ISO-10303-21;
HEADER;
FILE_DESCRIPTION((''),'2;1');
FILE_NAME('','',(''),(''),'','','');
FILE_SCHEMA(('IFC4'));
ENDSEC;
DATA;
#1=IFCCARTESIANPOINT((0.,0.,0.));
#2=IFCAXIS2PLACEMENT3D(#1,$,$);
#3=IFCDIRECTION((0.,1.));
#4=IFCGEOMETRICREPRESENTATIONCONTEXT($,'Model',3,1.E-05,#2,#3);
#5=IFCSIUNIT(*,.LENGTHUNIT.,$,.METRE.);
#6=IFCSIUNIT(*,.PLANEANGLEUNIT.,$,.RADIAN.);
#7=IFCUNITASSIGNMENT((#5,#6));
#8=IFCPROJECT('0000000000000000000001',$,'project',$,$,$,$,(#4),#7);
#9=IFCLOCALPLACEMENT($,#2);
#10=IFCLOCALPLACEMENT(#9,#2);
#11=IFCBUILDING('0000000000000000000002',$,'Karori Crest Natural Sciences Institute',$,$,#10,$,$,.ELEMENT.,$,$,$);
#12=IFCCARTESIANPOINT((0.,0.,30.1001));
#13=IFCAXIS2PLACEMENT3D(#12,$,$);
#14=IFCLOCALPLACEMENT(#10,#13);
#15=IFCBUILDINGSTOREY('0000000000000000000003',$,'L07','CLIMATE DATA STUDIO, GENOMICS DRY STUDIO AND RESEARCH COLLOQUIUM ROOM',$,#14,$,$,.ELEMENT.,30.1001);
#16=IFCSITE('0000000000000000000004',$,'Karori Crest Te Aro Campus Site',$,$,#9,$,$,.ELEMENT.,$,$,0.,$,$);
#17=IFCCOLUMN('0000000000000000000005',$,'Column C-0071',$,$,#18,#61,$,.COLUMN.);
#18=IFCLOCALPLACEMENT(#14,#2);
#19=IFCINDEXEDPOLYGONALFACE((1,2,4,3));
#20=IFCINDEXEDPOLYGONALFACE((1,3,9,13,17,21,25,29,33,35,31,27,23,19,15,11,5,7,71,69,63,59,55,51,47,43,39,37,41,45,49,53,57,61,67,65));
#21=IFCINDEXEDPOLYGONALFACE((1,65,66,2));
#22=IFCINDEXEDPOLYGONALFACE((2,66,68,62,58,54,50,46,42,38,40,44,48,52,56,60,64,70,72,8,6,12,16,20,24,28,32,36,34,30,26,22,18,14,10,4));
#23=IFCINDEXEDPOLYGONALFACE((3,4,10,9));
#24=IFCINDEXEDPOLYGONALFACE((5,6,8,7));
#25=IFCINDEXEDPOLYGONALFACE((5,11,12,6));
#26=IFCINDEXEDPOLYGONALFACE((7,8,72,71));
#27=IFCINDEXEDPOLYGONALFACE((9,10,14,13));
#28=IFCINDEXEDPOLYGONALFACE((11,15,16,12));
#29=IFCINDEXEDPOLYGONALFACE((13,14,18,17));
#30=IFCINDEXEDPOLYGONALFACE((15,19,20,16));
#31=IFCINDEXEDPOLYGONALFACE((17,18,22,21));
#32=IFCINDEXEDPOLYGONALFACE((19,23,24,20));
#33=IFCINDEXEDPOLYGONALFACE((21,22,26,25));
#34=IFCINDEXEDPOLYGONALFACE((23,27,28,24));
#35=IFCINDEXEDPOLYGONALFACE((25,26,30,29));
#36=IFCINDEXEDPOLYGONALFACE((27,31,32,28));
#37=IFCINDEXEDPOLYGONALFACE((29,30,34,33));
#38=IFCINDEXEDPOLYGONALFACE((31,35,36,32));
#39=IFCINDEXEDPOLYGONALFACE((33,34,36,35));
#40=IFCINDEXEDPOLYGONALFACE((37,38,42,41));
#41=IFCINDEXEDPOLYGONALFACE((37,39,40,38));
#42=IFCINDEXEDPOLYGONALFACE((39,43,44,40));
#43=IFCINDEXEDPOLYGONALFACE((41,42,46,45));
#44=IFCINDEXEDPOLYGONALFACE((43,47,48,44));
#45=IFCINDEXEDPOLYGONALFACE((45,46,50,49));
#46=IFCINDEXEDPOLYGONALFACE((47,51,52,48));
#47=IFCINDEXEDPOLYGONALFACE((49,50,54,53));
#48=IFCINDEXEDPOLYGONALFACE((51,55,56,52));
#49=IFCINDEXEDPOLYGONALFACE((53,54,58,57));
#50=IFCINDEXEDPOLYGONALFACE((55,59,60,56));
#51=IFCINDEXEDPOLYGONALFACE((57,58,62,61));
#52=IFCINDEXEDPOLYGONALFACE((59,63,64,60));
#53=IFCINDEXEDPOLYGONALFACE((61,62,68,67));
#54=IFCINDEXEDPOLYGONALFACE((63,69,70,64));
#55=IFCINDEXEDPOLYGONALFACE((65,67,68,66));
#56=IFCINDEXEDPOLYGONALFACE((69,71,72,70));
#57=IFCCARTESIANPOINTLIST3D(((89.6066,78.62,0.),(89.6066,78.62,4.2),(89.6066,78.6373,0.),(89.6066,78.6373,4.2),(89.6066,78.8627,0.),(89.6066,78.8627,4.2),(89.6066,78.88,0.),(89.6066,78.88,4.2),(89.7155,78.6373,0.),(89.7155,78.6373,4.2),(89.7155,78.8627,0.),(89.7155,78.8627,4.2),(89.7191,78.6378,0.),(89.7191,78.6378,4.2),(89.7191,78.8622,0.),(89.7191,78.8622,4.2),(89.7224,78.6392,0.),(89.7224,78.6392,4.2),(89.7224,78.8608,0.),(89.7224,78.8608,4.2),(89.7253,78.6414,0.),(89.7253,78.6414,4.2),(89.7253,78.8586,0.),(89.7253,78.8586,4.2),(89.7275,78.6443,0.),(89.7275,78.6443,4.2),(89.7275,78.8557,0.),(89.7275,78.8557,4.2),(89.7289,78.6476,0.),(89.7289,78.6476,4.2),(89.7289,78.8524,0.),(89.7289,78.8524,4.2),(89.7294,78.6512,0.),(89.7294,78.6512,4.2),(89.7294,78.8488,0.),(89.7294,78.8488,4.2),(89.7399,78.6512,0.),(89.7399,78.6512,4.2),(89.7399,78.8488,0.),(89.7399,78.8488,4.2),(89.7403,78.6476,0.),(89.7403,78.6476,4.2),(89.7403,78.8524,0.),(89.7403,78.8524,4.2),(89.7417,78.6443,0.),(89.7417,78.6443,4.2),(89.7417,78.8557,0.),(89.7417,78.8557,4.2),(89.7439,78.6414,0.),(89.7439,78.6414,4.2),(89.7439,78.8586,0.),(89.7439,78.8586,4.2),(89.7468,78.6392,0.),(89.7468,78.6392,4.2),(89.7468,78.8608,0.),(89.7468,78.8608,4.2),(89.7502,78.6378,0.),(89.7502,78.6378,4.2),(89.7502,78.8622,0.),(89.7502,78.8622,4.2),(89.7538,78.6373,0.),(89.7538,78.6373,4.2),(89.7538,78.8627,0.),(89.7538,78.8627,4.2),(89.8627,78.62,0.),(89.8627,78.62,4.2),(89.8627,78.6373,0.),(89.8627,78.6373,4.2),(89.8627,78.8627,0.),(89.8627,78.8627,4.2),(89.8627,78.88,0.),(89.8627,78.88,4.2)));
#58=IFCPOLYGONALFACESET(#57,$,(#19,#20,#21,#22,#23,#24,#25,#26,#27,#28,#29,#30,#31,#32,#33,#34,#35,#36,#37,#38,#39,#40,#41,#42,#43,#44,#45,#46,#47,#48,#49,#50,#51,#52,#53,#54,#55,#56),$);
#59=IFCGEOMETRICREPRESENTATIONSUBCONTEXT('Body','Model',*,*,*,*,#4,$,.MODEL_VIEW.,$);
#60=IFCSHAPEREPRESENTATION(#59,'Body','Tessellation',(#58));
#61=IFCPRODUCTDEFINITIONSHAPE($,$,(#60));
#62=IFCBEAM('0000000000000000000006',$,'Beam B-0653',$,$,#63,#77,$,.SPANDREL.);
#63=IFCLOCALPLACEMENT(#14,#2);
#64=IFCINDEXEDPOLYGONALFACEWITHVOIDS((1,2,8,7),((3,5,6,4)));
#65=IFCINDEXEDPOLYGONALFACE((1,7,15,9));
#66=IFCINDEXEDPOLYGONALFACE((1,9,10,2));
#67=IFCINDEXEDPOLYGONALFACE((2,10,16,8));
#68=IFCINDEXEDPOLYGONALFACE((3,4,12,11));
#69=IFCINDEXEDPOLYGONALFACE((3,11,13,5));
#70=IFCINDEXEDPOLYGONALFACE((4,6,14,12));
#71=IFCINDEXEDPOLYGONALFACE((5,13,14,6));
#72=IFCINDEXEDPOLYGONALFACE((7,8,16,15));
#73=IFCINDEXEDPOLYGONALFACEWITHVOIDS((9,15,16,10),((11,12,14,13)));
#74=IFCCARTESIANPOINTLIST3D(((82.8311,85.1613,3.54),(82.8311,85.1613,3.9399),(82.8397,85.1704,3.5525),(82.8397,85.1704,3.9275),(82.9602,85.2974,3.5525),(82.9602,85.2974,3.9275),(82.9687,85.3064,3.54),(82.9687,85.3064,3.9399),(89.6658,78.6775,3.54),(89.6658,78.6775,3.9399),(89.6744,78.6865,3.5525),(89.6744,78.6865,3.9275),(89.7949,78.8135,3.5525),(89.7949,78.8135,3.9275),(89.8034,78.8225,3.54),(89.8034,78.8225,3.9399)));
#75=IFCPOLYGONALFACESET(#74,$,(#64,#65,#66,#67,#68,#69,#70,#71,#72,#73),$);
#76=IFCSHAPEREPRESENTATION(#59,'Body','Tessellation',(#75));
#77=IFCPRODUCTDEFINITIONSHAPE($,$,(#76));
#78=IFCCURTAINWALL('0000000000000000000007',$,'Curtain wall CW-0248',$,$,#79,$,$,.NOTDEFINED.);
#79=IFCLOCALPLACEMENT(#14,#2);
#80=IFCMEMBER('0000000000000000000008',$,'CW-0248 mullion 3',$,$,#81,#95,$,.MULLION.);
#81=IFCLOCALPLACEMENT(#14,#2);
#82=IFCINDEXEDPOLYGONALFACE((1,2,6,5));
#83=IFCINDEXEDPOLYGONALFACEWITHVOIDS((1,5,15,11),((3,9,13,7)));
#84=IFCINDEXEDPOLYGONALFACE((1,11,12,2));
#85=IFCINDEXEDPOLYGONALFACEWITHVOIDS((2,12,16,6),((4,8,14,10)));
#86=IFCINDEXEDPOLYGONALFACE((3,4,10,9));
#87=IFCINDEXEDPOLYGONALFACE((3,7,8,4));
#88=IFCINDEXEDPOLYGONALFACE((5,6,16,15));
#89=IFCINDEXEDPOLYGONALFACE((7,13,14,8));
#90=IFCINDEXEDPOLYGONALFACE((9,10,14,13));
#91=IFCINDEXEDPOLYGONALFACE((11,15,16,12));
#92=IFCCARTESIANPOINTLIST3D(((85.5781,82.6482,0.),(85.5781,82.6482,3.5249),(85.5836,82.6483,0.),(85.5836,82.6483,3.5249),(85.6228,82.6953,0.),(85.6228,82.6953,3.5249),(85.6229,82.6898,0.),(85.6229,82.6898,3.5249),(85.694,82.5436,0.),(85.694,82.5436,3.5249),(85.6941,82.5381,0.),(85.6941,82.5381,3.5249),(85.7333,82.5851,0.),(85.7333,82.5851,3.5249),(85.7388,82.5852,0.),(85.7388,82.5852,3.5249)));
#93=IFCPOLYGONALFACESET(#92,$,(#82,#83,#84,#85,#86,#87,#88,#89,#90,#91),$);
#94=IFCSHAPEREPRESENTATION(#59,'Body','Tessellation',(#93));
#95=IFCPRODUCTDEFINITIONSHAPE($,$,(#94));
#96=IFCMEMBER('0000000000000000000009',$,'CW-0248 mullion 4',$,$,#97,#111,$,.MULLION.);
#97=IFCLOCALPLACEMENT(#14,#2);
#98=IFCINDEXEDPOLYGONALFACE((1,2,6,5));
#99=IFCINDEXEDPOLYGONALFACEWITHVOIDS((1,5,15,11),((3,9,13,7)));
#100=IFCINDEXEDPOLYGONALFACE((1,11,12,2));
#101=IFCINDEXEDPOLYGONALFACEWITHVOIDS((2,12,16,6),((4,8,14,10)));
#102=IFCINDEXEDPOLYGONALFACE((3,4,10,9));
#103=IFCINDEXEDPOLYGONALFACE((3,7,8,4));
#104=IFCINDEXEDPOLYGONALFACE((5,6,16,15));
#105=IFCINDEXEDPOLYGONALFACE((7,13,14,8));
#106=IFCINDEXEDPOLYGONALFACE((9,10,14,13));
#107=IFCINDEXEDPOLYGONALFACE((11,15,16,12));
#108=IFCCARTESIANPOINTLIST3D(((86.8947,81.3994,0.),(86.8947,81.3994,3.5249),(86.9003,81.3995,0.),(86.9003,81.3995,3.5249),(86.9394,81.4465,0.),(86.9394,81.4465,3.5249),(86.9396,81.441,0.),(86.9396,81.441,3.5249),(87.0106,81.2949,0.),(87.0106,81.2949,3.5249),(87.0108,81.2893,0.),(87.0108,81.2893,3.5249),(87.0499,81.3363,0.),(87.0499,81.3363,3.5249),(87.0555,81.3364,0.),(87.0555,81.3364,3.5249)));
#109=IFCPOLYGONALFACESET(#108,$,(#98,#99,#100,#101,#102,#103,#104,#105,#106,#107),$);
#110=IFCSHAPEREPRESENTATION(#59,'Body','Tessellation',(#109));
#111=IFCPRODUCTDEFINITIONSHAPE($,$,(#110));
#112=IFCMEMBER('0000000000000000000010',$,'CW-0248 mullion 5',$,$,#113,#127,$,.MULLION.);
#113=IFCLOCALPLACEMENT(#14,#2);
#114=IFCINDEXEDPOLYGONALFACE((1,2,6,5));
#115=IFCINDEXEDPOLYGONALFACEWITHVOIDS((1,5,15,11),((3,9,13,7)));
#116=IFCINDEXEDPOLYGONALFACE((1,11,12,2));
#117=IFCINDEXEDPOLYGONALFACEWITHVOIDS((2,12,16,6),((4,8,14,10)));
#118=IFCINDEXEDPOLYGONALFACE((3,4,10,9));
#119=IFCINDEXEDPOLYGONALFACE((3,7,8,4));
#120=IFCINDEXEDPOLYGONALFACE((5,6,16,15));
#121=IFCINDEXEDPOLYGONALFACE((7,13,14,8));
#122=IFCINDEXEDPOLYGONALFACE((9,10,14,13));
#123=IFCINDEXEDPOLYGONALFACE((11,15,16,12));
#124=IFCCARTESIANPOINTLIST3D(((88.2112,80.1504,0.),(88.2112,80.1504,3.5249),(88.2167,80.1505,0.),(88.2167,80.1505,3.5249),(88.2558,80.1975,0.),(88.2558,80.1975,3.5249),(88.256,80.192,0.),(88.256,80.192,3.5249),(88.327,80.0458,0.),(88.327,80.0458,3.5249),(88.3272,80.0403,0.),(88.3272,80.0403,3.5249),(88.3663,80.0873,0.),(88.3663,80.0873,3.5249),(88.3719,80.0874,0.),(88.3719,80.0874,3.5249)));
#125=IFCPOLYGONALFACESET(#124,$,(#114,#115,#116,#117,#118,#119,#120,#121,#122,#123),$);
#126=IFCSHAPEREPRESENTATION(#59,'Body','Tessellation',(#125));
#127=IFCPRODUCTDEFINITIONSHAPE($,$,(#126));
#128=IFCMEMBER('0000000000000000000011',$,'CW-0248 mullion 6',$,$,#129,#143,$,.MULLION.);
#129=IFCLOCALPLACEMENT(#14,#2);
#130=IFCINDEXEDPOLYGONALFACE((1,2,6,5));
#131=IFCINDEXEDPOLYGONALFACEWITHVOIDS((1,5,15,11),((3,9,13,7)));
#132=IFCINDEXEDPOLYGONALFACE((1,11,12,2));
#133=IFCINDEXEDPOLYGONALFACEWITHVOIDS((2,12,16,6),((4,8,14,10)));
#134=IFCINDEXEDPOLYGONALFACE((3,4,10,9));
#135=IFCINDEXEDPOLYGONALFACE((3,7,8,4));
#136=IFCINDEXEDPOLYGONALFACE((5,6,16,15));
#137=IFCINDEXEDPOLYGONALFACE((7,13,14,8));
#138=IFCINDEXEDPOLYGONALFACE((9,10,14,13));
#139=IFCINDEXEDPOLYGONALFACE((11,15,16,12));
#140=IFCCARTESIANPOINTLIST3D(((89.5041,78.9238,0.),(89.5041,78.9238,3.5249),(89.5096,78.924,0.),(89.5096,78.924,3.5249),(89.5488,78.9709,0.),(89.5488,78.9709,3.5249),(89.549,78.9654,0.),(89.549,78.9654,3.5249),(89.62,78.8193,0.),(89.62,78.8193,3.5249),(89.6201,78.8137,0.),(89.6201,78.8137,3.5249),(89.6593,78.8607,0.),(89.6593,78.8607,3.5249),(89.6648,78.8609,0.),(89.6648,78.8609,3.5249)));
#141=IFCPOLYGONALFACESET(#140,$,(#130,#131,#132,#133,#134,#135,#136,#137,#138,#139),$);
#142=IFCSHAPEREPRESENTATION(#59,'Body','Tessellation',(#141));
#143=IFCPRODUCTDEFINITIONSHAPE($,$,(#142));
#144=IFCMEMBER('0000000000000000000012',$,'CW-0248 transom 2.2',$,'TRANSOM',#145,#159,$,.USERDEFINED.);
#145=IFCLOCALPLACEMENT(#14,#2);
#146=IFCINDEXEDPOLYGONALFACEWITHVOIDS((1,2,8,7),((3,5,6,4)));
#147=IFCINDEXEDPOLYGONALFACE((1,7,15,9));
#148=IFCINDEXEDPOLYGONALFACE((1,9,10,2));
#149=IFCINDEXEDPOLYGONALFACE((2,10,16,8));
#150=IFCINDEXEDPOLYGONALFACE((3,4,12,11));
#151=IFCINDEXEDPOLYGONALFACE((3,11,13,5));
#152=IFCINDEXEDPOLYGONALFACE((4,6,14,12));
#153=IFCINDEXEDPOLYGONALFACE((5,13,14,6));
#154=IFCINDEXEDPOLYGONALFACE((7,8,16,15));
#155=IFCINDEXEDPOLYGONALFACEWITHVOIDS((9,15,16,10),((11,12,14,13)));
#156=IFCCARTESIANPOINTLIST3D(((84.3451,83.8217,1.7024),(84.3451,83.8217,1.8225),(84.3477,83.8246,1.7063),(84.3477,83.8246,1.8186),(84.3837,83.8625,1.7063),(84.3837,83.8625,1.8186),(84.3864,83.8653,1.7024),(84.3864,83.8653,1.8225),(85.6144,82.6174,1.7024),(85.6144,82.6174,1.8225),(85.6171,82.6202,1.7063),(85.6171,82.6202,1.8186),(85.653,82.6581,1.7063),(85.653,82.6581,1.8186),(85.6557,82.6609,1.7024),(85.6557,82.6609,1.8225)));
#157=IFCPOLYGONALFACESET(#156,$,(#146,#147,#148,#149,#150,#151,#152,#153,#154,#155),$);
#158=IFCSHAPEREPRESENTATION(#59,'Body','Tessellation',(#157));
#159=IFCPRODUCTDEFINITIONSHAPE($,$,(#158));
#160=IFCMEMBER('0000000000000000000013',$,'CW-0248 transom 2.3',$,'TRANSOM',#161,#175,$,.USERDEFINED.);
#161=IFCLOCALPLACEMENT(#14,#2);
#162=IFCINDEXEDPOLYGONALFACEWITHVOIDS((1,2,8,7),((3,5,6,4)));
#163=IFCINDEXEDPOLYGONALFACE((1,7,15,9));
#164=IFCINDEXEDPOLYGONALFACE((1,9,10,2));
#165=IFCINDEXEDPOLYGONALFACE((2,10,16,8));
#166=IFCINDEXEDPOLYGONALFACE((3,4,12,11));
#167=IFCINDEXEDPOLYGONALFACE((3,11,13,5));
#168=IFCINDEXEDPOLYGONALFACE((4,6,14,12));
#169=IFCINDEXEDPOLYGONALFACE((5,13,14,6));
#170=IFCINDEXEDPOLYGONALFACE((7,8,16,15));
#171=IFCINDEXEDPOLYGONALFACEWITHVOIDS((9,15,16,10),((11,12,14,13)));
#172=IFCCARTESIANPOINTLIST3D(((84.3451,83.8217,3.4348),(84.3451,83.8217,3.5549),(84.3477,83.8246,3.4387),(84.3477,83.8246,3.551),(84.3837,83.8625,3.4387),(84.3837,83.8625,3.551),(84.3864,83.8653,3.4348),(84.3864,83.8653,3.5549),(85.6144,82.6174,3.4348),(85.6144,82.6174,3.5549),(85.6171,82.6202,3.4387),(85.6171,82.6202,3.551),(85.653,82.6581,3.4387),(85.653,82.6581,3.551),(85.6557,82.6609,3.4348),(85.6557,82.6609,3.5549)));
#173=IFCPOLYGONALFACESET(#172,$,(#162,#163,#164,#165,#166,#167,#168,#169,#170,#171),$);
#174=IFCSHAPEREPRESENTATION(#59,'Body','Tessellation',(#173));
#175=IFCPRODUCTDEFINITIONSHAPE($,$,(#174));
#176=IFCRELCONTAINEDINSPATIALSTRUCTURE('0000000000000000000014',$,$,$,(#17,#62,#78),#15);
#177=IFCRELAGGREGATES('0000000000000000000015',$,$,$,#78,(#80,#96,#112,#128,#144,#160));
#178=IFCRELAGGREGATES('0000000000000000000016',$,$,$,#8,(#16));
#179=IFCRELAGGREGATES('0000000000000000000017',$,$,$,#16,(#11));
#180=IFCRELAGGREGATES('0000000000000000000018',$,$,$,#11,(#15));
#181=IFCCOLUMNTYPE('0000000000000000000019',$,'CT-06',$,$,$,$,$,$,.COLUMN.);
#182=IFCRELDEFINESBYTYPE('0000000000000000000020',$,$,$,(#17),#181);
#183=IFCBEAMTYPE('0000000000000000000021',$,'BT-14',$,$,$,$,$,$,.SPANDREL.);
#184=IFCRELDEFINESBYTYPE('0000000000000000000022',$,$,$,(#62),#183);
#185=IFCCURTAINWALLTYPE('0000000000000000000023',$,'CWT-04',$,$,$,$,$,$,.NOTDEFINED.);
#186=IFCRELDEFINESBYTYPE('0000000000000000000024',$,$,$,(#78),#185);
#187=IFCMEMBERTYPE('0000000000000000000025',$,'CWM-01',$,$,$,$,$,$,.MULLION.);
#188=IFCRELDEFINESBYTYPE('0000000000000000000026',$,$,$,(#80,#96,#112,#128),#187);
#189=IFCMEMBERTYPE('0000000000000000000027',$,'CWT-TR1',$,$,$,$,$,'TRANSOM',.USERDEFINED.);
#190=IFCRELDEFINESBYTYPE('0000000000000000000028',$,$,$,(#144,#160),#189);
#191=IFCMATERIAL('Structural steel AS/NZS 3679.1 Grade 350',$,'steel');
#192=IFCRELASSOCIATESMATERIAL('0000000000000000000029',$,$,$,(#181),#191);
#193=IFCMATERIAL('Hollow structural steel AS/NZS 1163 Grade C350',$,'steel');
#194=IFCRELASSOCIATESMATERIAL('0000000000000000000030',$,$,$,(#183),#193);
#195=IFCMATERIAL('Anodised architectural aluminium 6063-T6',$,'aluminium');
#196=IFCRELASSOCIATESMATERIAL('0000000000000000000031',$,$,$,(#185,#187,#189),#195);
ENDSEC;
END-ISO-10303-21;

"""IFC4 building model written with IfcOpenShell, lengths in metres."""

from ifc_helpers import new_model, si_unit, direction, frame, origin, origin_2d, place, context, subcontext, project, spatial, hollow_rectangle, i_section, extrude, material, material_profile, profile_set, type_object, element, aggregate, save


model = new_model("IFC4")

# Units and contexts
model_context = context("Model", 3, precision=1e-05, world=origin(), true_north=direction((0.0, 1.0)))
body_context = subcontext(model_context, "Body", "Model", "MODEL_VIEW")
ifc_project = project(units=[si_unit("LENGTHUNIT", "METRE"), si_unit("PLANEANGLEUNIT", "RADIAN")], contexts=[model_context])

# Site, building, storey
site_placement = place(None, origin())
site = spatial("IfcSite", under=ifc_project, at=site_placement, Name="Karori Crest Te Aro Campus Site", CompositionType="ELEMENT", RefElevation=0.0)
building_placement = place(site_placement, origin())
building = spatial("IfcBuilding", under=site, at=building_placement, Name="Karori Crest Natural Sciences Institute", CompositionType="ELEMENT")
storey_placement = place(building_placement, frame((0.0, 0.0, 30.1001)))
storey = spatial("IfcBuildingStorey", under=building, at=storey_placement, Name="L07", Description="CLIMATE DATA STUDIO, GENOMICS DRY STUDIO AND RESEARCH COLLOQUIUM ROOM", CompositionType="ELEMENT", Elevation=30.1001)

# Column
ifc_material_1 = material(Name="Structural steel AS/NZS 3679.1 Grade 350", Category="steel")
ifc_material_profile_1 = material_profile(ifc_material_1, i_section(OverallWidth=0.2561, OverallDepth=0.26, WebThickness=0.0105, FlangeThickness=0.0173, FilletRadius=0.0139, at=origin_2d()), Name="250UC89.5")
ifc_profile_set_1 = profile_set([ifc_material_profile_1], Name="Structural steel AS/NZS 3679.1 Grade 350")
column_type = type_object("IfcColumnType", Name="CT-06", PredefinedType="COLUMN", material=ifc_profile_set_1)
column_placement = place(storey_placement, frame((89.7346, 78.75, 0.0), z_axis=(0.0, 0.0, 1.0), x_axis=(1.0, 0.0, 0.0)))
element("IfcColumn", 1, at=column_placement, inside=storey, type_object=column_type, Name="Column C-0071", PredefinedType="COLUMN", context=body_context, shape_type="SweptSolid", body=[
    extrude(i_section(OverallWidth=0.2561, OverallDepth=0.26, WebThickness=0.0105, FlangeThickness=0.0173, FilletRadius=0.0139, at=origin_2d()), origin(), (0.0, 0.0, 1.0), 4.2),
])

# Beam
ifc_material_2 = material(Name="Hollow structural steel AS/NZS 1163 Grade C350", Category="steel")
ifc_material_profile_2 = material_profile(ifc_material_2, hollow_rectangle(XDim=0.2, YDim=0.3999, WallThickness=0.0125, at=origin_2d()), Name="RHS400x200x12.5")
ifc_profile_set_2 = profile_set([ifc_material_profile_2], Name="Hollow structural steel AS/NZS 1163 Grade C350")
beam_type = type_object("IfcBeamType", Name="BT-14", PredefinedType="SPANDREL", material=ifc_profile_set_2)
beam_placement = place(storey_placement, frame((89.7346, 78.75, 3.74), z_axis=(-0.725481, 0.688242, 0.0), x_axis=(-0.688242, -0.725481, 0.0)))
element("IfcBeam", 2, at=beam_placement, inside=storey, type_object=beam_type, Name="Beam B-0653", PredefinedType="SPANDREL", context=body_context, shape_type="SweptSolid", body=[
    extrude(hollow_rectangle(XDim=0.2, YDim=0.3999, WallThickness=0.0125, at=origin_2d()), origin(), (0.0, 0.0, 1.0), 9.4209),
])

# Curtain wall, members
ifc_material_3 = material(Name="Anodised architectural aluminium 6063-T6", Category="aluminium")
curtain_wall_type = type_object("IfcCurtainWallType", Name="CWT-04", PredefinedType="NOTDEFINED", material=ifc_material_3)
curtain_wall_placement = place(storey_placement, origin())
curtain_wall = element("IfcCurtainWall", 3, at=curtain_wall_placement, inside=storey, type_object=curtain_wall_type, Name="Curtain wall CW-0248", PredefinedType="NOTDEFINED")
ifc_material_profile_3 = material_profile(ifc_material_3, hollow_rectangle(XDim=0.0649, YDim=0.1599, WallThickness=0.0039, at=origin_2d()), Name="CWM160x65x4")
ifc_profile_set_3 = profile_set([ifc_material_profile_3], Name="Anodised architectural aluminium 6063-T6")
member_type_1 = type_object("IfcMemberType", Name="CWM-01", PredefinedType="MULLION", material=ifc_profile_set_3)
member_1_placement = place(storey_placement, frame((85.6584, 82.6167, 0.0), z_axis=(0.0, 0.0, 1.0), x_axis=(0.688252, 0.725471, 0.0)))
member_1 = element("IfcMember", 4, at=member_1_placement, type_object=member_type_1, Name="CW-0248 mullion 3", PredefinedType="MULLION", context=body_context, shape_type="SweptSolid", body=[
    extrude(hollow_rectangle(XDim=0.0649, YDim=0.1599, WallThickness=0.0039, at=origin_2d()), origin(), (0.0, 0.0, 1.0), 3.5249),
])
member_2_placement = place(storey_placement, frame((86.9751, 81.3679, 0.0), z_axis=(0.0, 0.0, 1.0), x_axis=(0.688252, 0.725471, 0.0)))
member_2 = element("IfcMember", 5, at=member_2_placement, type_object=member_type_1, Name="CW-0248 mullion 4", PredefinedType="MULLION", context=body_context, shape_type="SweptSolid", body=[
    extrude(hollow_rectangle(XDim=0.0649, YDim=0.1599, WallThickness=0.0039, at=origin_2d()), origin(), (0.0, 0.0, 1.0), 3.5249),
])
member_3_placement = place(storey_placement, frame((88.2915, 80.1189, 0.0), z_axis=(0.0, 0.0, 1.0), x_axis=(0.688252, 0.725471, 0.0)))
member_3 = element("IfcMember", 6, at=member_3_placement, type_object=member_type_1, Name="CW-0248 mullion 5", PredefinedType="MULLION", context=body_context, shape_type="SweptSolid", body=[
    extrude(hollow_rectangle(XDim=0.0649, YDim=0.1599, WallThickness=0.0039, at=origin_2d()), origin(), (0.0, 0.0, 1.0), 3.5249),
])
member_4_placement = place(storey_placement, frame((89.5845, 78.8923, 0.0), z_axis=(0.0, 0.0, 1.0), x_axis=(0.688252, 0.725471, 0.0)))
member_4 = element("IfcMember", 7, at=member_4_placement, type_object=member_type_1, Name="CW-0248 mullion 6", PredefinedType="MULLION", context=body_context, shape_type="SweptSolid", body=[
    extrude(hollow_rectangle(XDim=0.0649, YDim=0.1599, WallThickness=0.0039, at=origin_2d()), origin(), (0.0, 0.0, 1.0), 3.5249),
])
ifc_material_profile_4 = material_profile(ifc_material_3, hollow_rectangle(XDim=0.0601, YDim=0.1201, WallThickness=0.0039, at=origin_2d()), Name="CWT120x60x4")
ifc_profile_set_4 = profile_set([ifc_material_profile_4], Name="Anodised architectural aluminium 6063-T6")
member_type_2 = type_object("IfcMemberType", Name="CWT-TR1", ElementType="TRANSOM", PredefinedType="USERDEFINED", material=ifc_profile_set_4)
member_5_placement = place(storey_placement, frame((84.3657, 83.8435, 1.7625), z_axis=(0.725421, -0.688306, 0.0), x_axis=(0.688306, 0.725421, 0.0)))
member_5 = element("IfcMember", 8, at=member_5_placement, type_object=member_type_2, Name="CW-0248 transom 2.2", ObjectType="TRANSOM", PredefinedType="USERDEFINED", context=body_context, shape_type="SweptSolid", body=[
    extrude(hollow_rectangle(XDim=0.0601, YDim=0.1201, WallThickness=0.0039, at=origin_2d()), origin(), (0.0, 0.0, 1.0), 1.7498),
])
member_6_placement = place(storey_placement, frame((84.3657, 83.8435, 3.4949), z_axis=(0.725421, -0.688306, 0.0), x_axis=(0.688306, 0.725421, 0.0)))
member_6 = element("IfcMember", 9, at=member_6_placement, type_object=member_type_2, Name="CW-0248 transom 2.3", ObjectType="TRANSOM", PredefinedType="USERDEFINED", context=body_context, shape_type="SweptSolid", body=[
    extrude(hollow_rectangle(XDim=0.0601, YDim=0.1201, WallThickness=0.0039, at=origin_2d()), origin(), (0.0, 0.0, 1.0), 1.7498),
])
aggregate(curtain_wall, [member_1, member_2, member_3, member_4, member_5, member_6])

save(model, "model.ifc")
